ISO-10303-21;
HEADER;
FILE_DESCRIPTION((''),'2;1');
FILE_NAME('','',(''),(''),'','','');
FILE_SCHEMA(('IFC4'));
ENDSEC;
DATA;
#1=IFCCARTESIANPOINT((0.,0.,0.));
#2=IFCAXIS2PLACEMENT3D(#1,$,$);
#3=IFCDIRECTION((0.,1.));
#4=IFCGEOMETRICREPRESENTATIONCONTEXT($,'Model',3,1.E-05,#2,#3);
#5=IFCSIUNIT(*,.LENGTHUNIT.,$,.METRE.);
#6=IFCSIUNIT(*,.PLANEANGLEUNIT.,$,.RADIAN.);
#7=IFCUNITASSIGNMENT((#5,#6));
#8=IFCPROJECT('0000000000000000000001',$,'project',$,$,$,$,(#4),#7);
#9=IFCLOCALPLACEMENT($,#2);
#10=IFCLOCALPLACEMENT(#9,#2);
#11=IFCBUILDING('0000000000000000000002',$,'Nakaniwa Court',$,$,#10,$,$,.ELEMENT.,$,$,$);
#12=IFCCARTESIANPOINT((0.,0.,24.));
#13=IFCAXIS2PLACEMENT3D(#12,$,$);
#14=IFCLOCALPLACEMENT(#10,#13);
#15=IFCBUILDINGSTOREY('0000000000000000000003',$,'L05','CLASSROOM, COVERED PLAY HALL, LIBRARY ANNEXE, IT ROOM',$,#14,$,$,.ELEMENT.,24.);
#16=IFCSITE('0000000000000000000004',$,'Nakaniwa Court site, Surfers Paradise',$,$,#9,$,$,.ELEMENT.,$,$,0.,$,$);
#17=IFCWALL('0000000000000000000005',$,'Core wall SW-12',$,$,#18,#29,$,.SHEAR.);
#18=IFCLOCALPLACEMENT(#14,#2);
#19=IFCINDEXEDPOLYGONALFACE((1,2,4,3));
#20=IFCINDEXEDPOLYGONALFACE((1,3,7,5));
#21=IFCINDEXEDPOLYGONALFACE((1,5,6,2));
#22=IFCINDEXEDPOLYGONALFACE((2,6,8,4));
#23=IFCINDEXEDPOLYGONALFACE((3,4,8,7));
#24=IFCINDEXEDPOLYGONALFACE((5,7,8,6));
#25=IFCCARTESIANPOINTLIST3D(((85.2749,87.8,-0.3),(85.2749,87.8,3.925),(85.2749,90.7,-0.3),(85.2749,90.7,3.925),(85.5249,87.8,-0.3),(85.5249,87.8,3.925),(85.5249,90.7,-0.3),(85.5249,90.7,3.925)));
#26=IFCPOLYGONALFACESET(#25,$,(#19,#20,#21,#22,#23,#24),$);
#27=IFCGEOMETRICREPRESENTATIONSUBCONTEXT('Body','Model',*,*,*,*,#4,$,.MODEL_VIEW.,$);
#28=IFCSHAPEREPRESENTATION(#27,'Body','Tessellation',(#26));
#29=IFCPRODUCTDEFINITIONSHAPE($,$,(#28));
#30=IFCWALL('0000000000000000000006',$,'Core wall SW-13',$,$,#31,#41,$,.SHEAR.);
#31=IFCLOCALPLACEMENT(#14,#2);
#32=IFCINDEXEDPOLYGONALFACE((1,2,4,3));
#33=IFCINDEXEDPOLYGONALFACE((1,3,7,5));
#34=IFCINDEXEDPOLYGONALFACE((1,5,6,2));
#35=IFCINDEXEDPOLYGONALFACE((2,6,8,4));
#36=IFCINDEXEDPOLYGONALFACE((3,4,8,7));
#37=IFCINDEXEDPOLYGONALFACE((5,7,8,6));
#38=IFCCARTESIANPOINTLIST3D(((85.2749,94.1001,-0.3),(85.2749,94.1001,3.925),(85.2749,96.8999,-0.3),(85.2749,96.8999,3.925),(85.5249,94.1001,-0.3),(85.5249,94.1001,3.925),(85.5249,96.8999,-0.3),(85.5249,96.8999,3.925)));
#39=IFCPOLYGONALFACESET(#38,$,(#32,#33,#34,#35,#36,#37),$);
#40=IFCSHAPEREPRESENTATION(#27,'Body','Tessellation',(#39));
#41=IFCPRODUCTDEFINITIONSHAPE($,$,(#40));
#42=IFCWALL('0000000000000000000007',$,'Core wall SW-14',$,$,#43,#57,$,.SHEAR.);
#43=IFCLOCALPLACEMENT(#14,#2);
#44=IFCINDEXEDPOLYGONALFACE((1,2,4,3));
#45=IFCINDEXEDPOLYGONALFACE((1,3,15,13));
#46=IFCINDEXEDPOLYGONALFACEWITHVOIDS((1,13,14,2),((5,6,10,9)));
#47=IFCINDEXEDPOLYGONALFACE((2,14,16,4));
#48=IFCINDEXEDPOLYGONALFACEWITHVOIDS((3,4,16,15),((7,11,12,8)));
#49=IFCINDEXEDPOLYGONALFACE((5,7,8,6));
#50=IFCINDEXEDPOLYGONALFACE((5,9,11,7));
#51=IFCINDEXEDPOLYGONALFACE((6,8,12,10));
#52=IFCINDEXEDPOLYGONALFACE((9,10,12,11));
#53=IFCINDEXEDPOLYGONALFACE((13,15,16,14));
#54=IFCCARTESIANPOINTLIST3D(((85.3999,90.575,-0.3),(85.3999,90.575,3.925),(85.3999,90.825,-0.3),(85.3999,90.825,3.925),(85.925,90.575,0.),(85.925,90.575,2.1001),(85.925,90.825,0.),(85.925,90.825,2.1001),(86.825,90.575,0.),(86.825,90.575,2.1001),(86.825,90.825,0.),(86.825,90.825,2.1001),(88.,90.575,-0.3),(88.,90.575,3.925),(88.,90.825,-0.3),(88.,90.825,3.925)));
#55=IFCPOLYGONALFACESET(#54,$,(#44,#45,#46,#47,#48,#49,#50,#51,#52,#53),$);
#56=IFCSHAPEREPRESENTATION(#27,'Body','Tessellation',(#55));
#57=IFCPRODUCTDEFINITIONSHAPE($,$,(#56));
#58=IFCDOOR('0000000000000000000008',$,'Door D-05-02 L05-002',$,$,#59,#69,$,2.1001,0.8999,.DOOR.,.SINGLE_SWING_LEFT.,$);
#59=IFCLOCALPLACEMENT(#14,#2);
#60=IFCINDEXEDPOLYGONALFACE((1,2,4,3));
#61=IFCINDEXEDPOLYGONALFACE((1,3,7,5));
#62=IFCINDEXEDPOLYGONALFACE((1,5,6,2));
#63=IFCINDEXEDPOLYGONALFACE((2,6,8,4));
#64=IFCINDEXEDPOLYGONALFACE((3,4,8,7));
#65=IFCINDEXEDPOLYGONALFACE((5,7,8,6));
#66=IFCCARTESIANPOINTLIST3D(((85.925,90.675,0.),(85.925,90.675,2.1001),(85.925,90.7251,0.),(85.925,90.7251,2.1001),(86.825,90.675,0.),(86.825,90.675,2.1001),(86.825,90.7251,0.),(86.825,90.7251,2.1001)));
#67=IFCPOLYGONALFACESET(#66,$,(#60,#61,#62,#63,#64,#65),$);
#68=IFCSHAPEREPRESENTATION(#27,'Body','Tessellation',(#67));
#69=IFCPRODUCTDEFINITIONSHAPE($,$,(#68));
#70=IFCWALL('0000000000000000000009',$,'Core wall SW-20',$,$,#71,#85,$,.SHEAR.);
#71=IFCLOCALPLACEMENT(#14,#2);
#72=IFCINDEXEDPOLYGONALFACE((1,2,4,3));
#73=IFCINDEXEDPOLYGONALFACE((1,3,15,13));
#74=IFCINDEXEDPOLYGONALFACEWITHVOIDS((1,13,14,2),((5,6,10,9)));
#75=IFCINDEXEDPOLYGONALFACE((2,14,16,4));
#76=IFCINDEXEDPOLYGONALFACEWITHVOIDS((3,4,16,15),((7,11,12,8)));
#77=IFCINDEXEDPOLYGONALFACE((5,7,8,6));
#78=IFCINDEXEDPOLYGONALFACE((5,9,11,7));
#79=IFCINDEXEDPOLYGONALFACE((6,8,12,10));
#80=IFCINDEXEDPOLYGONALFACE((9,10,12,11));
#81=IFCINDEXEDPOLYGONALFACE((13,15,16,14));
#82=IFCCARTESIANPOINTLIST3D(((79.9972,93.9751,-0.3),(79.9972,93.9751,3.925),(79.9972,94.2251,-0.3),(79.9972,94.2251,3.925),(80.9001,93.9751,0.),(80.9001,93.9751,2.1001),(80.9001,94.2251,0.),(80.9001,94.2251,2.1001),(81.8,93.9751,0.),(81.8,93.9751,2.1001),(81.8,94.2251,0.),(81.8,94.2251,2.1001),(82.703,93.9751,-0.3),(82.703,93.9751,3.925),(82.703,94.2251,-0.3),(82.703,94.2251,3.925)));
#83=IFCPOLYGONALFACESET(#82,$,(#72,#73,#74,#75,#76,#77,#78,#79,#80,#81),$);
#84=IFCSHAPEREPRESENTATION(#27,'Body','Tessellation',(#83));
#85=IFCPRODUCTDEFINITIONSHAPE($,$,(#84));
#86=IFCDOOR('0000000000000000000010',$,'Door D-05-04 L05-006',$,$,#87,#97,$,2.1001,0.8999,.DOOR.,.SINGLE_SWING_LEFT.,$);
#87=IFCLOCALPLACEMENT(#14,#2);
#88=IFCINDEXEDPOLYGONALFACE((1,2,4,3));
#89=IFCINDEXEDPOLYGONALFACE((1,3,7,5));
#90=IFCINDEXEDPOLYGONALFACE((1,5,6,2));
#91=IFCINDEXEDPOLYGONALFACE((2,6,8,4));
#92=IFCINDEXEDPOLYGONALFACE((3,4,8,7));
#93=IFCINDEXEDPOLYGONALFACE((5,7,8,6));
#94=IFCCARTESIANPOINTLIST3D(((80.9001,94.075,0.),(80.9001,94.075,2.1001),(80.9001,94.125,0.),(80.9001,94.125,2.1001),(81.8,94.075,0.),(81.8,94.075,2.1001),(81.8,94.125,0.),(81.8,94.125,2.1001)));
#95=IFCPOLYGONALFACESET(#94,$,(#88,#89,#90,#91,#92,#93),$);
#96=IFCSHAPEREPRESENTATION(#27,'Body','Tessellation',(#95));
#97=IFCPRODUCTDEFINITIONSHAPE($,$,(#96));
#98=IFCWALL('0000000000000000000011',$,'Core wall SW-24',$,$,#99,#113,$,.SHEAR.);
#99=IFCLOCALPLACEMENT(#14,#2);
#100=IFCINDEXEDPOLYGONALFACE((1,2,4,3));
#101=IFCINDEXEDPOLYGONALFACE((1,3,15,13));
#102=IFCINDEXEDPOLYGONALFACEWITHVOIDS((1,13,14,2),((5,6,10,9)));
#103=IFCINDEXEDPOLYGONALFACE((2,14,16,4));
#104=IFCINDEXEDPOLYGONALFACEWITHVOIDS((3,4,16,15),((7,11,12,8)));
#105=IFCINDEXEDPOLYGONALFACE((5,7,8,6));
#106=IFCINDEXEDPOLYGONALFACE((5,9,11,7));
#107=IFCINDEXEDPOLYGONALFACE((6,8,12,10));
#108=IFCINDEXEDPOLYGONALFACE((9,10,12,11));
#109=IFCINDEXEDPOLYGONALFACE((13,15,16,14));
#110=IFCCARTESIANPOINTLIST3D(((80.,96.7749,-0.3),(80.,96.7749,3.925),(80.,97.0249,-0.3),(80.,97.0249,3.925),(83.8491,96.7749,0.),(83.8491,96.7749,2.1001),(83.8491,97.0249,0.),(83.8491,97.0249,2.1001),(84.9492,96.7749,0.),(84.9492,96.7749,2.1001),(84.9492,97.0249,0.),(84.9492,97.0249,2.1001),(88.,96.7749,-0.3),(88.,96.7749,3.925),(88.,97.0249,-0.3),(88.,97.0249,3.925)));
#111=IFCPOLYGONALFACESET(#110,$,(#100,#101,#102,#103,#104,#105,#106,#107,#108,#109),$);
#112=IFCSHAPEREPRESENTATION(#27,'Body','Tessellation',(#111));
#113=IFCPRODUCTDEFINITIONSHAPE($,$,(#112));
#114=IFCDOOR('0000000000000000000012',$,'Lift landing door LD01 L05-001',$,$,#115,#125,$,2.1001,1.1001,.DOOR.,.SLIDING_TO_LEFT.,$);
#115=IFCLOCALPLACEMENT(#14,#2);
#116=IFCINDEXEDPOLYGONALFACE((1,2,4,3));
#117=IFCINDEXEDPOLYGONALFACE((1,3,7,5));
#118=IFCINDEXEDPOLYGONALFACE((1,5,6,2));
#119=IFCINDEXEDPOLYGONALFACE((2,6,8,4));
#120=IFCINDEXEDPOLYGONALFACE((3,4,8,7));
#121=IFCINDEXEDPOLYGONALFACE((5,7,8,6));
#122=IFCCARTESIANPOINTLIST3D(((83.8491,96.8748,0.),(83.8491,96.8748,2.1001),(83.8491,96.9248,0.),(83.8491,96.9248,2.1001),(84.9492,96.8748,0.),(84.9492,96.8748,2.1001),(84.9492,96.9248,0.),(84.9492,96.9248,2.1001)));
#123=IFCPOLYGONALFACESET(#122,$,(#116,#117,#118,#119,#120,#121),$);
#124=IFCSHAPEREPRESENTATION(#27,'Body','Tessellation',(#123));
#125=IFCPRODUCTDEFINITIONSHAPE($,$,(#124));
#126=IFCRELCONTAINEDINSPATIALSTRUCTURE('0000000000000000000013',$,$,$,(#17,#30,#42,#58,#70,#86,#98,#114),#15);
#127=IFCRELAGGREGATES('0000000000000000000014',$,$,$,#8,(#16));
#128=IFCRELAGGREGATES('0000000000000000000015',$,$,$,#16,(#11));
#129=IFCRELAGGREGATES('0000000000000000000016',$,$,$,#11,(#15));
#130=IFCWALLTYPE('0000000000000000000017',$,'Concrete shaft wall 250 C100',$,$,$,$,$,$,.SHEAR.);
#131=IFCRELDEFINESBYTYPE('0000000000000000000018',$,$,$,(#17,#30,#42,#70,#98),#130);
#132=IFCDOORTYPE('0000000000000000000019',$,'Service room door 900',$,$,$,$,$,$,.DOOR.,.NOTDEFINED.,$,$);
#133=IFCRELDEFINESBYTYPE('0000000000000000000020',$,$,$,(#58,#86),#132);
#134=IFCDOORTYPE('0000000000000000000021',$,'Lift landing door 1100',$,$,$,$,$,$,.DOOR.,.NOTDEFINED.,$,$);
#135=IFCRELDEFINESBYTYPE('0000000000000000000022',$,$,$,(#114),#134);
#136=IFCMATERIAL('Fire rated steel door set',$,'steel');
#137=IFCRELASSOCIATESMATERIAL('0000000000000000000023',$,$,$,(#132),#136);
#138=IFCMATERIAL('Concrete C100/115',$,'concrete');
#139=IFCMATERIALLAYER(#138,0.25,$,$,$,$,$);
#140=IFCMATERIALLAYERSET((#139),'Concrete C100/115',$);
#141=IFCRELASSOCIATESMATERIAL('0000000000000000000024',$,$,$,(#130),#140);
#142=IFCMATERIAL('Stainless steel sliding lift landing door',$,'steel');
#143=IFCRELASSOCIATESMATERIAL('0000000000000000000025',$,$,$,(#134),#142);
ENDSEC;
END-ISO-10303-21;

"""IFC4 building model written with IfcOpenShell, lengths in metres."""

from ifc_helpers import new_model, si_unit, direction, frame, frame_2d, origin, place, context, subcontext, project, spatial, rectangle, extrude, material, layer, layer_set, type_object, element, fill, save


model = new_model("IFC4")

# Units and contexts
model_context = context("Model", 3, precision=1e-05, world=origin(), true_north=direction((0.0, 1.0)))
body_context = subcontext(model_context, "Body", "Model", "MODEL_VIEW")
ifc_project = project(units=[si_unit("LENGTHUNIT", "METRE"), si_unit("PLANEANGLEUNIT", "RADIAN")], contexts=[model_context])

# Site, building, storey
site_placement = place(None, origin())
site = spatial("IfcSite", under=ifc_project, at=site_placement, Name="Nakaniwa Court site, Surfers Paradise", CompositionType="ELEMENT", RefElevation=0.0)
building_placement = place(site_placement, origin())
building = spatial("IfcBuilding", under=site, at=building_placement, Name="Nakaniwa Court", CompositionType="ELEMENT")
storey_placement = place(building_placement, frame((0.0, 0.0, 24.0)))
storey = spatial("IfcBuildingStorey", under=building, at=storey_placement, Name="L05", Description="CLASSROOM, COVERED PLAY HALL, LIBRARY ANNEXE, IT ROOM", CompositionType="ELEMENT", Elevation=24.0)

# Shared definitions
ifc_material_1 = material(Name="Concrete C100/115", Category="concrete")

# Shared definitions
ifc_material_2 = material(Name="Fire rated steel door set", Category="steel")
door_type_1 = type_object("IfcDoorType", Name="Service room door 900", OperationType="NOTDEFINED", PredefinedType="DOOR", material=ifc_material_2)

# Walls
ifc_layer_1 = layer(ifc_material_1, 0.25)
ifc_layer_set_1 = layer_set([ifc_layer_1], Name="Concrete C100/115")
wall_type_1 = type_object("IfcWallType", Name="Concrete shaft wall 250 C100", PredefinedType="SHEAR", material=ifc_layer_set_1)
wall_1_placement = place(storey_placement, frame((85.3999, 87.8, -0.3), z_axis=(0.0, 0.0, 1.0), x_axis=(0.0, 1.0, 0.0)))
element("IfcWall", 1, at=wall_1_placement, inside=storey, type_object=wall_type_1, Name="Core wall SW-12", PredefinedType="SHEAR", context=body_context, shape_type="SweptSolid", body=[
    extrude(rectangle(XDim=2.8999, YDim=0.25, at=frame_2d((1.45, 0.0))), origin(), (0.0, 0.0, 1.0), 4.2251),
])
wall_2_placement = place(storey_placement, frame((85.3999, 94.1001, -0.3), z_axis=(0.0, 0.0, 1.0), x_axis=(0.0, 1.0, 0.0)))
element("IfcWall", 2, at=wall_2_placement, inside=storey, type_object=wall_type_1, Name="Core wall SW-13", PredefinedType="SHEAR", context=body_context, shape_type="SweptSolid", body=[
    extrude(rectangle(XDim=2.7998, YDim=0.25, at=frame_2d((1.3999, 0.0))), origin(), (0.0, 0.0, 1.0), 4.2251),
])

# Walls, openings, doors
wall_3_placement = place(storey_placement, frame((88.0, 90.7, -0.3), z_axis=(0.0, 0.0, 1.0), x_axis=(-1.0, 0.0, 0.0)))
wall_3 = element("IfcWall", 3, at=wall_3_placement, inside=storey, type_object=wall_type_1, Name="Core wall SW-14", PredefinedType="SHEAR", context=body_context, shape_type="SweptSolid", body=[
    extrude(rectangle(XDim=2.6001, YDim=0.25, at=frame_2d((1.3, 0.0))), origin(), (0.0, 0.0, 1.0), 4.2251),
])
opening_1_placement = place(wall_3_placement, frame((1.175, 0.0, 0.3)))
opening_1 = element("IfcOpeningElement", 4, at=opening_1_placement, cuts=wall_3, PredefinedType="OPENING", context=body_context, shape_type="SweptSolid", body=[
    extrude(rectangle(XDim=0.8999, YDim=2.1001, at=frame_2d((0.45, 1.05))), frame((0.0, 0.135, 0.0), z_axis=(0.0, -1.0, 0.0), x_axis=(1.0, 0.0, 0.0)), (0.0, 0.0, 1.0), 0.27),
])
door_1_placement = place(opening_1_placement, origin())
door_1 = element("IfcDoor", 5, at=door_1_placement, inside=storey, type_object=door_type_1, Name="Door D-05-02 L05-002", OperationType="SINGLE_SWING_LEFT", OverallHeight=2.1001, OverallWidth=0.8999, PredefinedType="DOOR", context=body_context, shape_type="SweptSolid", body=[
    extrude(rectangle(XDim=0.8999, YDim=2.1001, at=frame_2d((0.45, 1.05))), frame((0.0, 0.0249, 0.0), z_axis=(0.0, -1.0, 0.0), x_axis=(1.0, 0.0, 0.0)), (0.0, 0.0, 1.0), 0.05),
])
fill(opening_1, door_1)
wall_4_placement = place(storey_placement, frame((79.9971, 94.1001, -0.3), z_axis=(0.0, 0.0, 1.0), x_axis=(1.0, 0.0, 0.0)))
wall_4 = element("IfcWall", 6, at=wall_4_placement, inside=storey, type_object=wall_type_1, Name="Core wall SW-20", PredefinedType="SHEAR", context=body_context, shape_type="SweptSolid", body=[
    extrude(rectangle(XDim=2.7058, YDim=0.25, at=frame_2d((1.353, 0.0))), origin(), (0.0, 0.0, 1.0), 4.2251),
])
opening_2_placement = place(wall_4_placement, frame((0.9031, 0.0, 0.3)))
opening_2 = element("IfcOpeningElement", 7, at=opening_2_placement, cuts=wall_4, PredefinedType="OPENING", context=body_context, shape_type="SweptSolid", body=[
    extrude(rectangle(XDim=0.8999, YDim=2.1001, at=frame_2d((0.45, 1.05))), frame((0.0, 0.135, 0.0), z_axis=(0.0, -1.0, 0.0), x_axis=(1.0, 0.0, 0.0)), (0.0, 0.0, 1.0), 0.27),
])
door_2_placement = place(opening_2_placement, origin())
door_2 = element("IfcDoor", 8, at=door_2_placement, inside=storey, type_object=door_type_1, Name="Door D-05-04 L05-006", OperationType="SINGLE_SWING_LEFT", OverallHeight=2.1001, OverallWidth=0.8999, PredefinedType="DOOR", context=body_context, shape_type="SweptSolid", body=[
    extrude(rectangle(XDim=0.8999, YDim=2.1001, at=frame_2d((0.45, 1.05))), frame((0.0, 0.0249, 0.0), z_axis=(0.0, -1.0, 0.0), x_axis=(1.0, 0.0, 0.0)), (0.0, 0.0, 1.0), 0.05),
])
fill(opening_2, door_2)
wall_5_placement = place(storey_placement, frame((80.0, 96.8999, -0.3), z_axis=(0.0, 0.0, 1.0), x_axis=(1.0, 0.0, 0.0)))
wall_5 = element("IfcWall", 9, at=wall_5_placement, inside=storey, type_object=wall_type_1, Name="Core wall SW-24", PredefinedType="SHEAR", context=body_context, shape_type="SweptSolid", body=[
    extrude(rectangle(XDim=8.0, YDim=0.25, at=frame_2d((4.0, 0.0))), origin(), (0.0, 0.0, 1.0), 4.2251),
])
opening_3_placement = place(wall_5_placement, frame((3.8491, 0.0, 0.3)))
opening_3 = element("IfcOpeningElement", 10, at=opening_3_placement, cuts=wall_5, PredefinedType="OPENING", context=body_context, shape_type="SweptSolid", body=[
    extrude(rectangle(XDim=1.1001, YDim=2.1001, at=frame_2d((0.55, 1.05))), frame((0.0, 0.135, 0.0), z_axis=(0.0, -1.0, 0.0), x_axis=(1.0, 0.0, 0.0)), (0.0, 0.0, 1.0), 0.27),
])
ifc_material_3 = material(Name="Stainless steel sliding lift landing door", Category="steel")
door_type_2 = type_object("IfcDoorType", Name="Lift landing door 1100", OperationType="NOTDEFINED", PredefinedType="DOOR", material=ifc_material_3)
door_3_placement = place(opening_3_placement, origin())
door_3 = element("IfcDoor", 11, at=door_3_placement, inside=storey, type_object=door_type_2, Name="Lift landing door LD01 L05-001", OperationType="SLIDING_TO_LEFT", OverallHeight=2.1001, OverallWidth=1.1001, PredefinedType="DOOR", context=body_context, shape_type="SweptSolid", body=[
    extrude(rectangle(XDim=1.1001, YDim=2.1001, at=frame_2d((0.55, 1.05))), frame((0.0, 0.0249, 0.0), z_axis=(0.0, -1.0, 0.0), x_axis=(1.0, 0.0, 0.0)), (0.0, 0.0, 1.0), 0.05),
])
fill(opening_3, door_3)

save(model, "model.ifc")
